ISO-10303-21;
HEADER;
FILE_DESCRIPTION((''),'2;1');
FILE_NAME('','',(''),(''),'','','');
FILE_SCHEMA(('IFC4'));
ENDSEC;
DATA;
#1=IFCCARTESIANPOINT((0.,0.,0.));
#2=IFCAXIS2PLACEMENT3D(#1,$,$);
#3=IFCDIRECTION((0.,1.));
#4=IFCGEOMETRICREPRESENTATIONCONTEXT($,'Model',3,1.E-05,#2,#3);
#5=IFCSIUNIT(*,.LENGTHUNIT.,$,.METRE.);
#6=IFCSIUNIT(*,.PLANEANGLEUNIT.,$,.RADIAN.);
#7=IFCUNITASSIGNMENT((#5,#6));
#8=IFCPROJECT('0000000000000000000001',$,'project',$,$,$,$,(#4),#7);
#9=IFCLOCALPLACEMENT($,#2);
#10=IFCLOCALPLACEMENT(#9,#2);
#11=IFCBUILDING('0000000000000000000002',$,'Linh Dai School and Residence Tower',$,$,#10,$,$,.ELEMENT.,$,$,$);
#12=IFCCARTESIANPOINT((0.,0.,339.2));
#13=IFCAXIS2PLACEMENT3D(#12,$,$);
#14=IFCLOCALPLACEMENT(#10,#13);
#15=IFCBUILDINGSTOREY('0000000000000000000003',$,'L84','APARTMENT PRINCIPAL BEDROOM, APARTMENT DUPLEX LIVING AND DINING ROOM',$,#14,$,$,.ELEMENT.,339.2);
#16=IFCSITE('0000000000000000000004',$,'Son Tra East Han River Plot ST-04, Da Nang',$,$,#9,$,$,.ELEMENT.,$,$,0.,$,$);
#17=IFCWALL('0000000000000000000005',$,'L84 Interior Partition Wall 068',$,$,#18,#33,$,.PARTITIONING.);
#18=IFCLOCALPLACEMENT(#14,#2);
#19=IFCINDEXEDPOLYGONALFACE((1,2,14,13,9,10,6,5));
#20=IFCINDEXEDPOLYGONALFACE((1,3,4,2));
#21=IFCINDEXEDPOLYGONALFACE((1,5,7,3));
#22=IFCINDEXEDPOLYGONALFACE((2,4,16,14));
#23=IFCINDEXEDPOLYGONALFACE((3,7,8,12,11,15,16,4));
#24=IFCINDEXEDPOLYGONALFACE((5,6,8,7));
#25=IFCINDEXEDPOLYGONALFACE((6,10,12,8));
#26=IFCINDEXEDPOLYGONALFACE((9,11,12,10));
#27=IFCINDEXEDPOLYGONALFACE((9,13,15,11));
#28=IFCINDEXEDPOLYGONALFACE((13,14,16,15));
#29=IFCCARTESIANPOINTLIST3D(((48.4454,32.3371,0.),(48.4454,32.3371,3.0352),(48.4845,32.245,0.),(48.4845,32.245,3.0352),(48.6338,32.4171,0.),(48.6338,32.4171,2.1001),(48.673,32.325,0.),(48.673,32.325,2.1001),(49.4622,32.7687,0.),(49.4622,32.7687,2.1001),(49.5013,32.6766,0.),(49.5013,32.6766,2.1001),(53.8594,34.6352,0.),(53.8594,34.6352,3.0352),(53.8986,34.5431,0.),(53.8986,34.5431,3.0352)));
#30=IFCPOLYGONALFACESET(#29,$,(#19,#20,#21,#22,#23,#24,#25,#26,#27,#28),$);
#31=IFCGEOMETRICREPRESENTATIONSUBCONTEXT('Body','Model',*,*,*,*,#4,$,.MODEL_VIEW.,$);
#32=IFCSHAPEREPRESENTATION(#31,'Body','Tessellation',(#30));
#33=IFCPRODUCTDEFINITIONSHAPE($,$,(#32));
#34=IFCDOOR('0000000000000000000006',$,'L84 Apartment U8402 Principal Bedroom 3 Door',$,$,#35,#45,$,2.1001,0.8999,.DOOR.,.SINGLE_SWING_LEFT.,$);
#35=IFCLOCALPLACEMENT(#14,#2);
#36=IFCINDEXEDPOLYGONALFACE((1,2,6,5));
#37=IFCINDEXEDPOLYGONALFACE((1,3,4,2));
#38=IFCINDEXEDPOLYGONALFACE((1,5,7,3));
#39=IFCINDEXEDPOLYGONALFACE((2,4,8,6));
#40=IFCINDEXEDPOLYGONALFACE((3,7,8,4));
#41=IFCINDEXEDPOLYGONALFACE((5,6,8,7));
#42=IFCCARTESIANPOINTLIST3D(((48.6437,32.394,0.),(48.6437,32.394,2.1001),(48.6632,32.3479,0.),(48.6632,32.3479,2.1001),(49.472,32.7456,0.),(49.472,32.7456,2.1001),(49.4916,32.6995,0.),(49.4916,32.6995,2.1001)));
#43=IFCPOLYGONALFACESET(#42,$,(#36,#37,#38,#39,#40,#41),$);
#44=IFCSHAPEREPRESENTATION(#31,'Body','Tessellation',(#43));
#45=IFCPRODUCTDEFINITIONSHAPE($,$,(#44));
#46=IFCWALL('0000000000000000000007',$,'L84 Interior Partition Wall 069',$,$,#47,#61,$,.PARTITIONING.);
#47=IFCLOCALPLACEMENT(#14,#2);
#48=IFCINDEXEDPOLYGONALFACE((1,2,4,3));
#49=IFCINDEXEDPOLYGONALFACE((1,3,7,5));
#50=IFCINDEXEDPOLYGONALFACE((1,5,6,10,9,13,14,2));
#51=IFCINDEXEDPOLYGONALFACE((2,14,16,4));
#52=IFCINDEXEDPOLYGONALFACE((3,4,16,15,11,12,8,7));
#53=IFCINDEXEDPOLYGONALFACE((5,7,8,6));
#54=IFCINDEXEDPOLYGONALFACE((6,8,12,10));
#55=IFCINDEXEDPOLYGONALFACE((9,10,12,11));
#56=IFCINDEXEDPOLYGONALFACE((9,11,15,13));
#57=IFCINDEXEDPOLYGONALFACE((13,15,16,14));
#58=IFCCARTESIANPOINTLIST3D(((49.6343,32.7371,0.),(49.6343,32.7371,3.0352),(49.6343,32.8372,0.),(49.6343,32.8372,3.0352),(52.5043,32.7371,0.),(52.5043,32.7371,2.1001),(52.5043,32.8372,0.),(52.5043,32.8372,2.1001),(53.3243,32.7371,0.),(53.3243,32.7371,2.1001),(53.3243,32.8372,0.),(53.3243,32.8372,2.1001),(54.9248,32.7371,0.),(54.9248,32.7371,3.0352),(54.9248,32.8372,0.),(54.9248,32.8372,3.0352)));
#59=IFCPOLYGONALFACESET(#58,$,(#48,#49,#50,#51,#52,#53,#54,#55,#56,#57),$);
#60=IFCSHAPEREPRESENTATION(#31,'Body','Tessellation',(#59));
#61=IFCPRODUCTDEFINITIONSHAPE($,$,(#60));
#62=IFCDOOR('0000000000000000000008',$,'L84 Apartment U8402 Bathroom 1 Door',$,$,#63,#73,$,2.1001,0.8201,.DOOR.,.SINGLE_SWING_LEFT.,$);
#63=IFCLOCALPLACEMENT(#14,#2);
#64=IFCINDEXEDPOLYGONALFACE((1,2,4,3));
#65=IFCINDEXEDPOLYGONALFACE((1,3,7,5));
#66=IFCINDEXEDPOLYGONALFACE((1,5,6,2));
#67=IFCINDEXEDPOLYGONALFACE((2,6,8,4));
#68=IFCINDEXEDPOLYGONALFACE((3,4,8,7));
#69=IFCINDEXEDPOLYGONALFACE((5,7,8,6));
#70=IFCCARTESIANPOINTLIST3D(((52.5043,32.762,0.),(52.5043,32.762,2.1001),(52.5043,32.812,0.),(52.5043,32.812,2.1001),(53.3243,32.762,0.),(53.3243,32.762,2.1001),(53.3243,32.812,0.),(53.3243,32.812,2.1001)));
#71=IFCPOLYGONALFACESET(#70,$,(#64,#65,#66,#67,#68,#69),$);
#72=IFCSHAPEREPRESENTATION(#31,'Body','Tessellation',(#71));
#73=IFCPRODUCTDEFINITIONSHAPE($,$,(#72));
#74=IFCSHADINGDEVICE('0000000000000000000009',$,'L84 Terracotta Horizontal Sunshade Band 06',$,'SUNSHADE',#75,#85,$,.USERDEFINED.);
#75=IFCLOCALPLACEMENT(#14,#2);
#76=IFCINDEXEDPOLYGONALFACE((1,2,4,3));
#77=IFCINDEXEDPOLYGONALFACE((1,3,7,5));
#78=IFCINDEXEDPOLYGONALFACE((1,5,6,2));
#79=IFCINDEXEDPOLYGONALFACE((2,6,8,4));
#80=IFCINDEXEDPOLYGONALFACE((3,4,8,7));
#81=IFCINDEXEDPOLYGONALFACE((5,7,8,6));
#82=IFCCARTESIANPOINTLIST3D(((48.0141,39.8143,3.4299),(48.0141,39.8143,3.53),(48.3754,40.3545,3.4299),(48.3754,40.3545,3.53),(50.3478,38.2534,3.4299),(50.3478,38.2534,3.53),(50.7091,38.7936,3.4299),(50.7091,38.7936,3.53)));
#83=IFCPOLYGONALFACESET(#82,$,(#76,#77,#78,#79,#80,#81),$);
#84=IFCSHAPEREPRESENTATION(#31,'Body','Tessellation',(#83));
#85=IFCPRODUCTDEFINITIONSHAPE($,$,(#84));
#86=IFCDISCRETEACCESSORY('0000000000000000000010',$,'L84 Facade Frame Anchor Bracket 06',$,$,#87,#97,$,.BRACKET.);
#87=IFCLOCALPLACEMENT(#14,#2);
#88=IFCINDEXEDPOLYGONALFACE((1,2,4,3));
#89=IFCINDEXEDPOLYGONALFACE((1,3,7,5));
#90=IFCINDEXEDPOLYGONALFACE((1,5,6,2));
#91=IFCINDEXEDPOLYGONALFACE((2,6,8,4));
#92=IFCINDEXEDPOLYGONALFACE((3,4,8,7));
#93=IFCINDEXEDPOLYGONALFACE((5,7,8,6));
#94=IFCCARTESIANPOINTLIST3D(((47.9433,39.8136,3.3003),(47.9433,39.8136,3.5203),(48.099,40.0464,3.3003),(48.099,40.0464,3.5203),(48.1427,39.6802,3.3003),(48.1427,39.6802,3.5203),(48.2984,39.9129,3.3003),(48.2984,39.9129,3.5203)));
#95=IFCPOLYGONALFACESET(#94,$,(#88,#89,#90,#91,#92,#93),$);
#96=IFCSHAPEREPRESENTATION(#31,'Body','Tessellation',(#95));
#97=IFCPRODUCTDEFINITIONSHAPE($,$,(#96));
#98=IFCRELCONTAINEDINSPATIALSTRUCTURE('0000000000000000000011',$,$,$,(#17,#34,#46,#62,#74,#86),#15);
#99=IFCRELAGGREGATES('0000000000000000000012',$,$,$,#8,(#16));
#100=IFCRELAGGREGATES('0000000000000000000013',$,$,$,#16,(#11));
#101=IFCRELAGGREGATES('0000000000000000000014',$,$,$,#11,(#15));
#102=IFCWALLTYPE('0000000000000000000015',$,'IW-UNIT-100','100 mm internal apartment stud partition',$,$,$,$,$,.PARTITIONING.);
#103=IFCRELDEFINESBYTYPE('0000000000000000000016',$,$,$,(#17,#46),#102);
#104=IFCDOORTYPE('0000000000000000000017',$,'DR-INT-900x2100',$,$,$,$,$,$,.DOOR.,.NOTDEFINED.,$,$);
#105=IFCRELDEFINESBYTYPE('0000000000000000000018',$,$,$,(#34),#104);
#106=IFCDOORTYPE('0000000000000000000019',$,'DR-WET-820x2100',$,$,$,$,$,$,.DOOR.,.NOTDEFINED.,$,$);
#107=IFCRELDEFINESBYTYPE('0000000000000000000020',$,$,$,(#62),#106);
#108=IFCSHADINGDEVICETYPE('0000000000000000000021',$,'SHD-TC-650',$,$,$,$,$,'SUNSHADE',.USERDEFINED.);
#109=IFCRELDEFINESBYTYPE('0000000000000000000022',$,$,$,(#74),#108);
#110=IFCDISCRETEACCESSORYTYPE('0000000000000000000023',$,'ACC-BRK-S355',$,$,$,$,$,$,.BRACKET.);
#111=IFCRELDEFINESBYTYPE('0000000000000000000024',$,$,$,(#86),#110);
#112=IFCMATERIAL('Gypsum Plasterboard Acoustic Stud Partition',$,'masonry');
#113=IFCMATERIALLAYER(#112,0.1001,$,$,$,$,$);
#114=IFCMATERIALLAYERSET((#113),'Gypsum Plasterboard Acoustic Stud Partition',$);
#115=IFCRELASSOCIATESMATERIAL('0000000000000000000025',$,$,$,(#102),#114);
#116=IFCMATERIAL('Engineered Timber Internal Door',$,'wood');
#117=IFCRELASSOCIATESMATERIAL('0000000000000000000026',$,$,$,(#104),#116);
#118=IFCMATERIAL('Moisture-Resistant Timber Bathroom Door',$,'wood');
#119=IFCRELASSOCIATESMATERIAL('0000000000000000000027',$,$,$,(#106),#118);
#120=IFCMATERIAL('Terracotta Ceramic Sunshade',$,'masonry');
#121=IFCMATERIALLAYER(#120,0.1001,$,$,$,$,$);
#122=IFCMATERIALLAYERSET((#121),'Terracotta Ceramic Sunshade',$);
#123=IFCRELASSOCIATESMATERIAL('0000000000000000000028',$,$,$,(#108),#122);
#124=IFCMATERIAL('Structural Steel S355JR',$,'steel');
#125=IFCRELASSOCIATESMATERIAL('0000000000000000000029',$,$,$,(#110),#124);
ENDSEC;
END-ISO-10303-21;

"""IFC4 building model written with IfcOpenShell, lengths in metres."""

from ifc_helpers import new_model, si_unit, direction, frame, frame_2d, origin, origin_2d, place, context, subcontext, project, spatial, rectangle, extrude, source, transform, mapped, material, layer, layer_set, type_object, element, fill, save


model = new_model("IFC4")

# Units and contexts
model_context = context("Model", 3, precision=1e-05, world=origin(), true_north=direction((0.0, 1.0)))
body_context = subcontext(model_context, "Body", "Model", "MODEL_VIEW")
ifc_project = project(units=[si_unit("LENGTHUNIT", "METRE"), si_unit("PLANEANGLEUNIT", "RADIAN")], contexts=[model_context])

# Site, building, storey
site_placement = place(None, origin())
site = spatial("IfcSite", under=ifc_project, at=site_placement, Name="Son Tra East Han River Plot ST-04, Da Nang", CompositionType="ELEMENT", RefElevation=0.0)
building_placement = place(site_placement, origin())
building = spatial("IfcBuilding", under=site, at=building_placement, Name="Linh Dai School and Residence Tower", CompositionType="ELEMENT")
storey_placement = place(building_placement, frame((0.0, 0.0, 339.2)))
storey = spatial("IfcBuildingStorey", under=building, at=storey_placement, Name="L84", Description="APARTMENT PRINCIPAL BEDROOM, APARTMENT DUPLEX LIVING AND DINING ROOM", CompositionType="ELEMENT", Elevation=339.2)

# Shared definitions
ifc_material_1 = material(Name="Structural Steel S355JR", Category="steel")

# Shared definitions
ifc_material_2 = material(Name="Gypsum Plasterboard Acoustic Stud Partition", Category="masonry")
ifc_layer_1 = layer(ifc_material_2, 0.1001)
ifc_layer_set_1 = layer_set([ifc_layer_1], Name="Gypsum Plasterboard Acoustic Stud Partition")
wall_type_1 = type_object("IfcWallType", Name="IW-UNIT-100", Description="100 mm internal apartment stud partition", PredefinedType="PARTITIONING", material=ifc_layer_set_1)

# Walls, openings, doors
wall_1_placement = place(storey_placement, frame((48.4648, 32.291, 0.0), z_axis=(0.0, 0.0, 1.0), x_axis=(0.920507, 0.390726, 0.0)))
wall_1 = element("IfcWall", 1, at=wall_1_placement, inside=storey, type_object=wall_type_1, Name="L84 Interior Partition Wall 068", PredefinedType="PARTITIONING", context=body_context, shape_type="SweptSolid", body=[
    extrude(rectangle(XDim=5.8816, YDim=0.1001, at=frame_2d((2.9409, 0.0))), origin(), (0.0, 0.0, 1.0), 3.0352),
])
opening_1_placement = place(wall_1_placement, frame((0.2048, 0.0, 0.0)))
opening_1 = element("IfcOpeningElement", 2, at=opening_1_placement, cuts=wall_1, PredefinedType="OPENING", context=body_context, shape_type="SweptSolid", body=[
    extrude(rectangle(XDim=0.8999, YDim=2.1001, at=origin_2d()), frame((0.45, 0.0601, 1.05), z_axis=(0.0, -1.0, 0.0), x_axis=(1.0, 0.0, 0.0)), (0.0, 0.0, 1.0), 0.1201),
])
ifc_material_3 = material(Name="Engineered Timber Internal Door", Category="wood")
door_type_1 = type_object("IfcDoorType", Name="DR-INT-900x2100", OperationType="NOTDEFINED", PredefinedType="DOOR", material=ifc_material_3)
shared_shape_1 = source(origin(), body_context, "Body", "SweptSolid", [
    extrude(rectangle(XDim=0.8999, YDim=2.1001, at=origin_2d()), frame((0.45, 0.0249, 1.05), z_axis=(0.0, -1.0, 0.0), x_axis=(1.0, 0.0, 0.0)), (0.0, 0.0, 1.0), 0.05),
])
door_1_placement = place(opening_1_placement, origin())
door_1 = element("IfcDoor", 3, at=door_1_placement, inside=storey, type_object=door_type_1, Name="L84 Apartment U8402 Principal Bedroom 3 Door", OperationType="SINGLE_SWING_LEFT", OverallHeight=2.1001, OverallWidth=0.8999, PredefinedType="DOOR", context=body_context, shape_type="MappedRepresentation", body=[
    mapped(shared_shape_1, transform((0.0, 0.0, 0.0), x_axis=(1.0, 0.0, 0.0), y_axis=(0.0, 1.0, 0.0), z_axis=(0.0, 0.0, 1.0), scale=1.0)),
])
fill(opening_1, door_1)
wall_2_placement = place(storey_placement, frame((49.6343, 32.7871, 0.0), z_axis=(0.0, 0.0, 1.0), x_axis=(1.0, 0.0, 0.0)))
wall_2 = element("IfcWall", 4, at=wall_2_placement, inside=storey, type_object=wall_type_1, Name="L84 Interior Partition Wall 069", PredefinedType="PARTITIONING", context=body_context, shape_type="SweptSolid", body=[
    extrude(rectangle(XDim=5.2905, YDim=0.1001, at=frame_2d((2.6453, 0.0))), origin(), (0.0, 0.0, 1.0), 3.0352),
])
opening_2_placement = place(wall_2_placement, frame((2.8699, 0.0, 0.0)))
opening_2 = element("IfcOpeningElement", 5, at=opening_2_placement, cuts=wall_2, PredefinedType="OPENING", context=body_context, shape_type="SweptSolid", body=[
    extrude(rectangle(XDim=0.8201, YDim=2.1001, at=origin_2d()), frame((0.4102, 0.0601, 1.05), z_axis=(0.0, -1.0, 0.0), x_axis=(1.0, 0.0, 0.0)), (0.0, 0.0, 1.0), 0.1201),
])
ifc_material_4 = material(Name="Moisture-Resistant Timber Bathroom Door", Category="wood")
door_type_2 = type_object("IfcDoorType", Name="DR-WET-820x2100", OperationType="NOTDEFINED", PredefinedType="DOOR", material=ifc_material_4)
shared_shape_2 = source(origin(), body_context, "Body", "SweptSolid", [
    extrude(rectangle(XDim=0.8201, YDim=2.1001, at=origin_2d()), frame((0.4102, 0.0249, 1.05), z_axis=(0.0, -1.0, 0.0), x_axis=(1.0, 0.0, 0.0)), (0.0, 0.0, 1.0), 0.05),
])
door_2_placement = place(opening_2_placement, origin())
door_2 = element("IfcDoor", 6, at=door_2_placement, inside=storey, type_object=door_type_2, Name="L84 Apartment U8402 Bathroom 1 Door", OperationType="SINGLE_SWING_LEFT", OverallHeight=2.1001, OverallWidth=0.8201, PredefinedType="DOOR", context=body_context, shape_type="MappedRepresentation", body=[
    mapped(shared_shape_2, transform((0.0, 0.0, 0.0), x_axis=(1.0, 0.0, 0.0), y_axis=(0.0, 1.0, 0.0), z_axis=(0.0, 0.0, 1.0), scale=1.0)),
])
fill(opening_2, door_2)

# Shading device
ifc_material_5 = material(Name="Terracotta Ceramic Sunshade", Category="masonry")
ifc_layer_2 = layer(ifc_material_5, 0.1001)
ifc_layer_set_2 = layer_set([ifc_layer_2], Name="Terracotta Ceramic Sunshade")
shading_device_type = type_object("IfcShadingDeviceType", Name="SHD-TC-650", ElementType="SUNSHADE", PredefinedType="USERDEFINED", material=ifc_layer_set_2)
shared_shape_3 = source(origin(), body_context, "Body", "SweptSolid", [
    extrude(rectangle(XDim=2.8076, YDim=0.6499, at=origin_2d()), origin(), (0.0, 0.0, 1.0), 0.1001),
])
shading_device_placement = place(storey_placement, frame((49.3616, 39.304, 3.4299), z_axis=(0.0, 0.0, 1.0), x_axis=(0.831202, -0.555971, 0.0)))
element("IfcShadingDevice", 7, at=shading_device_placement, inside=storey, type_object=shading_device_type, Name="L84 Terracotta Horizontal Sunshade Band 06", ObjectType="SUNSHADE", PredefinedType="USERDEFINED", context=body_context, shape_type="MappedRepresentation", body=[
    mapped(shared_shape_3, transform((0.0, 0.0, 0.0), x_axis=(1.0, 0.0, 0.0), y_axis=(0.0, 1.0, 0.0), z_axis=(0.0, 0.0, 1.0), scale=1.0)),
])

# Discrete accessory
discrete_accessory_type = type_object("IfcDiscreteAccessoryType", Name="ACC-BRK-S355", PredefinedType="BRACKET", material=ifc_material_1)
shared_shape_4 = source(origin(), body_context, "Body", "SweptSolid", [
    extrude(rectangle(XDim=0.28, YDim=0.24, at=origin_2d()), origin(), (0.0, 0.0, 1.0), 0.22),
])
discrete_accessory_placement = place(storey_placement, frame((48.1208, 39.8633, 3.3003), z_axis=(0.0, 0.0, 1.0), x_axis=(0.555971, 0.831202, 0.0)))
element("IfcDiscreteAccessory", 8, at=discrete_accessory_placement, inside=storey, type_object=discrete_accessory_type, Name="L84 Facade Frame Anchor Bracket 06", PredefinedType="BRACKET", context=body_context, shape_type="MappedRepresentation", body=[
    mapped(shared_shape_4, transform((0.0, 0.0, 0.0), x_axis=(1.0, 0.0, 0.0), y_axis=(0.0, 1.0, 0.0), z_axis=(0.0, 0.0, 1.0), scale=1.0)),
])

save(model, "model.ifc")
